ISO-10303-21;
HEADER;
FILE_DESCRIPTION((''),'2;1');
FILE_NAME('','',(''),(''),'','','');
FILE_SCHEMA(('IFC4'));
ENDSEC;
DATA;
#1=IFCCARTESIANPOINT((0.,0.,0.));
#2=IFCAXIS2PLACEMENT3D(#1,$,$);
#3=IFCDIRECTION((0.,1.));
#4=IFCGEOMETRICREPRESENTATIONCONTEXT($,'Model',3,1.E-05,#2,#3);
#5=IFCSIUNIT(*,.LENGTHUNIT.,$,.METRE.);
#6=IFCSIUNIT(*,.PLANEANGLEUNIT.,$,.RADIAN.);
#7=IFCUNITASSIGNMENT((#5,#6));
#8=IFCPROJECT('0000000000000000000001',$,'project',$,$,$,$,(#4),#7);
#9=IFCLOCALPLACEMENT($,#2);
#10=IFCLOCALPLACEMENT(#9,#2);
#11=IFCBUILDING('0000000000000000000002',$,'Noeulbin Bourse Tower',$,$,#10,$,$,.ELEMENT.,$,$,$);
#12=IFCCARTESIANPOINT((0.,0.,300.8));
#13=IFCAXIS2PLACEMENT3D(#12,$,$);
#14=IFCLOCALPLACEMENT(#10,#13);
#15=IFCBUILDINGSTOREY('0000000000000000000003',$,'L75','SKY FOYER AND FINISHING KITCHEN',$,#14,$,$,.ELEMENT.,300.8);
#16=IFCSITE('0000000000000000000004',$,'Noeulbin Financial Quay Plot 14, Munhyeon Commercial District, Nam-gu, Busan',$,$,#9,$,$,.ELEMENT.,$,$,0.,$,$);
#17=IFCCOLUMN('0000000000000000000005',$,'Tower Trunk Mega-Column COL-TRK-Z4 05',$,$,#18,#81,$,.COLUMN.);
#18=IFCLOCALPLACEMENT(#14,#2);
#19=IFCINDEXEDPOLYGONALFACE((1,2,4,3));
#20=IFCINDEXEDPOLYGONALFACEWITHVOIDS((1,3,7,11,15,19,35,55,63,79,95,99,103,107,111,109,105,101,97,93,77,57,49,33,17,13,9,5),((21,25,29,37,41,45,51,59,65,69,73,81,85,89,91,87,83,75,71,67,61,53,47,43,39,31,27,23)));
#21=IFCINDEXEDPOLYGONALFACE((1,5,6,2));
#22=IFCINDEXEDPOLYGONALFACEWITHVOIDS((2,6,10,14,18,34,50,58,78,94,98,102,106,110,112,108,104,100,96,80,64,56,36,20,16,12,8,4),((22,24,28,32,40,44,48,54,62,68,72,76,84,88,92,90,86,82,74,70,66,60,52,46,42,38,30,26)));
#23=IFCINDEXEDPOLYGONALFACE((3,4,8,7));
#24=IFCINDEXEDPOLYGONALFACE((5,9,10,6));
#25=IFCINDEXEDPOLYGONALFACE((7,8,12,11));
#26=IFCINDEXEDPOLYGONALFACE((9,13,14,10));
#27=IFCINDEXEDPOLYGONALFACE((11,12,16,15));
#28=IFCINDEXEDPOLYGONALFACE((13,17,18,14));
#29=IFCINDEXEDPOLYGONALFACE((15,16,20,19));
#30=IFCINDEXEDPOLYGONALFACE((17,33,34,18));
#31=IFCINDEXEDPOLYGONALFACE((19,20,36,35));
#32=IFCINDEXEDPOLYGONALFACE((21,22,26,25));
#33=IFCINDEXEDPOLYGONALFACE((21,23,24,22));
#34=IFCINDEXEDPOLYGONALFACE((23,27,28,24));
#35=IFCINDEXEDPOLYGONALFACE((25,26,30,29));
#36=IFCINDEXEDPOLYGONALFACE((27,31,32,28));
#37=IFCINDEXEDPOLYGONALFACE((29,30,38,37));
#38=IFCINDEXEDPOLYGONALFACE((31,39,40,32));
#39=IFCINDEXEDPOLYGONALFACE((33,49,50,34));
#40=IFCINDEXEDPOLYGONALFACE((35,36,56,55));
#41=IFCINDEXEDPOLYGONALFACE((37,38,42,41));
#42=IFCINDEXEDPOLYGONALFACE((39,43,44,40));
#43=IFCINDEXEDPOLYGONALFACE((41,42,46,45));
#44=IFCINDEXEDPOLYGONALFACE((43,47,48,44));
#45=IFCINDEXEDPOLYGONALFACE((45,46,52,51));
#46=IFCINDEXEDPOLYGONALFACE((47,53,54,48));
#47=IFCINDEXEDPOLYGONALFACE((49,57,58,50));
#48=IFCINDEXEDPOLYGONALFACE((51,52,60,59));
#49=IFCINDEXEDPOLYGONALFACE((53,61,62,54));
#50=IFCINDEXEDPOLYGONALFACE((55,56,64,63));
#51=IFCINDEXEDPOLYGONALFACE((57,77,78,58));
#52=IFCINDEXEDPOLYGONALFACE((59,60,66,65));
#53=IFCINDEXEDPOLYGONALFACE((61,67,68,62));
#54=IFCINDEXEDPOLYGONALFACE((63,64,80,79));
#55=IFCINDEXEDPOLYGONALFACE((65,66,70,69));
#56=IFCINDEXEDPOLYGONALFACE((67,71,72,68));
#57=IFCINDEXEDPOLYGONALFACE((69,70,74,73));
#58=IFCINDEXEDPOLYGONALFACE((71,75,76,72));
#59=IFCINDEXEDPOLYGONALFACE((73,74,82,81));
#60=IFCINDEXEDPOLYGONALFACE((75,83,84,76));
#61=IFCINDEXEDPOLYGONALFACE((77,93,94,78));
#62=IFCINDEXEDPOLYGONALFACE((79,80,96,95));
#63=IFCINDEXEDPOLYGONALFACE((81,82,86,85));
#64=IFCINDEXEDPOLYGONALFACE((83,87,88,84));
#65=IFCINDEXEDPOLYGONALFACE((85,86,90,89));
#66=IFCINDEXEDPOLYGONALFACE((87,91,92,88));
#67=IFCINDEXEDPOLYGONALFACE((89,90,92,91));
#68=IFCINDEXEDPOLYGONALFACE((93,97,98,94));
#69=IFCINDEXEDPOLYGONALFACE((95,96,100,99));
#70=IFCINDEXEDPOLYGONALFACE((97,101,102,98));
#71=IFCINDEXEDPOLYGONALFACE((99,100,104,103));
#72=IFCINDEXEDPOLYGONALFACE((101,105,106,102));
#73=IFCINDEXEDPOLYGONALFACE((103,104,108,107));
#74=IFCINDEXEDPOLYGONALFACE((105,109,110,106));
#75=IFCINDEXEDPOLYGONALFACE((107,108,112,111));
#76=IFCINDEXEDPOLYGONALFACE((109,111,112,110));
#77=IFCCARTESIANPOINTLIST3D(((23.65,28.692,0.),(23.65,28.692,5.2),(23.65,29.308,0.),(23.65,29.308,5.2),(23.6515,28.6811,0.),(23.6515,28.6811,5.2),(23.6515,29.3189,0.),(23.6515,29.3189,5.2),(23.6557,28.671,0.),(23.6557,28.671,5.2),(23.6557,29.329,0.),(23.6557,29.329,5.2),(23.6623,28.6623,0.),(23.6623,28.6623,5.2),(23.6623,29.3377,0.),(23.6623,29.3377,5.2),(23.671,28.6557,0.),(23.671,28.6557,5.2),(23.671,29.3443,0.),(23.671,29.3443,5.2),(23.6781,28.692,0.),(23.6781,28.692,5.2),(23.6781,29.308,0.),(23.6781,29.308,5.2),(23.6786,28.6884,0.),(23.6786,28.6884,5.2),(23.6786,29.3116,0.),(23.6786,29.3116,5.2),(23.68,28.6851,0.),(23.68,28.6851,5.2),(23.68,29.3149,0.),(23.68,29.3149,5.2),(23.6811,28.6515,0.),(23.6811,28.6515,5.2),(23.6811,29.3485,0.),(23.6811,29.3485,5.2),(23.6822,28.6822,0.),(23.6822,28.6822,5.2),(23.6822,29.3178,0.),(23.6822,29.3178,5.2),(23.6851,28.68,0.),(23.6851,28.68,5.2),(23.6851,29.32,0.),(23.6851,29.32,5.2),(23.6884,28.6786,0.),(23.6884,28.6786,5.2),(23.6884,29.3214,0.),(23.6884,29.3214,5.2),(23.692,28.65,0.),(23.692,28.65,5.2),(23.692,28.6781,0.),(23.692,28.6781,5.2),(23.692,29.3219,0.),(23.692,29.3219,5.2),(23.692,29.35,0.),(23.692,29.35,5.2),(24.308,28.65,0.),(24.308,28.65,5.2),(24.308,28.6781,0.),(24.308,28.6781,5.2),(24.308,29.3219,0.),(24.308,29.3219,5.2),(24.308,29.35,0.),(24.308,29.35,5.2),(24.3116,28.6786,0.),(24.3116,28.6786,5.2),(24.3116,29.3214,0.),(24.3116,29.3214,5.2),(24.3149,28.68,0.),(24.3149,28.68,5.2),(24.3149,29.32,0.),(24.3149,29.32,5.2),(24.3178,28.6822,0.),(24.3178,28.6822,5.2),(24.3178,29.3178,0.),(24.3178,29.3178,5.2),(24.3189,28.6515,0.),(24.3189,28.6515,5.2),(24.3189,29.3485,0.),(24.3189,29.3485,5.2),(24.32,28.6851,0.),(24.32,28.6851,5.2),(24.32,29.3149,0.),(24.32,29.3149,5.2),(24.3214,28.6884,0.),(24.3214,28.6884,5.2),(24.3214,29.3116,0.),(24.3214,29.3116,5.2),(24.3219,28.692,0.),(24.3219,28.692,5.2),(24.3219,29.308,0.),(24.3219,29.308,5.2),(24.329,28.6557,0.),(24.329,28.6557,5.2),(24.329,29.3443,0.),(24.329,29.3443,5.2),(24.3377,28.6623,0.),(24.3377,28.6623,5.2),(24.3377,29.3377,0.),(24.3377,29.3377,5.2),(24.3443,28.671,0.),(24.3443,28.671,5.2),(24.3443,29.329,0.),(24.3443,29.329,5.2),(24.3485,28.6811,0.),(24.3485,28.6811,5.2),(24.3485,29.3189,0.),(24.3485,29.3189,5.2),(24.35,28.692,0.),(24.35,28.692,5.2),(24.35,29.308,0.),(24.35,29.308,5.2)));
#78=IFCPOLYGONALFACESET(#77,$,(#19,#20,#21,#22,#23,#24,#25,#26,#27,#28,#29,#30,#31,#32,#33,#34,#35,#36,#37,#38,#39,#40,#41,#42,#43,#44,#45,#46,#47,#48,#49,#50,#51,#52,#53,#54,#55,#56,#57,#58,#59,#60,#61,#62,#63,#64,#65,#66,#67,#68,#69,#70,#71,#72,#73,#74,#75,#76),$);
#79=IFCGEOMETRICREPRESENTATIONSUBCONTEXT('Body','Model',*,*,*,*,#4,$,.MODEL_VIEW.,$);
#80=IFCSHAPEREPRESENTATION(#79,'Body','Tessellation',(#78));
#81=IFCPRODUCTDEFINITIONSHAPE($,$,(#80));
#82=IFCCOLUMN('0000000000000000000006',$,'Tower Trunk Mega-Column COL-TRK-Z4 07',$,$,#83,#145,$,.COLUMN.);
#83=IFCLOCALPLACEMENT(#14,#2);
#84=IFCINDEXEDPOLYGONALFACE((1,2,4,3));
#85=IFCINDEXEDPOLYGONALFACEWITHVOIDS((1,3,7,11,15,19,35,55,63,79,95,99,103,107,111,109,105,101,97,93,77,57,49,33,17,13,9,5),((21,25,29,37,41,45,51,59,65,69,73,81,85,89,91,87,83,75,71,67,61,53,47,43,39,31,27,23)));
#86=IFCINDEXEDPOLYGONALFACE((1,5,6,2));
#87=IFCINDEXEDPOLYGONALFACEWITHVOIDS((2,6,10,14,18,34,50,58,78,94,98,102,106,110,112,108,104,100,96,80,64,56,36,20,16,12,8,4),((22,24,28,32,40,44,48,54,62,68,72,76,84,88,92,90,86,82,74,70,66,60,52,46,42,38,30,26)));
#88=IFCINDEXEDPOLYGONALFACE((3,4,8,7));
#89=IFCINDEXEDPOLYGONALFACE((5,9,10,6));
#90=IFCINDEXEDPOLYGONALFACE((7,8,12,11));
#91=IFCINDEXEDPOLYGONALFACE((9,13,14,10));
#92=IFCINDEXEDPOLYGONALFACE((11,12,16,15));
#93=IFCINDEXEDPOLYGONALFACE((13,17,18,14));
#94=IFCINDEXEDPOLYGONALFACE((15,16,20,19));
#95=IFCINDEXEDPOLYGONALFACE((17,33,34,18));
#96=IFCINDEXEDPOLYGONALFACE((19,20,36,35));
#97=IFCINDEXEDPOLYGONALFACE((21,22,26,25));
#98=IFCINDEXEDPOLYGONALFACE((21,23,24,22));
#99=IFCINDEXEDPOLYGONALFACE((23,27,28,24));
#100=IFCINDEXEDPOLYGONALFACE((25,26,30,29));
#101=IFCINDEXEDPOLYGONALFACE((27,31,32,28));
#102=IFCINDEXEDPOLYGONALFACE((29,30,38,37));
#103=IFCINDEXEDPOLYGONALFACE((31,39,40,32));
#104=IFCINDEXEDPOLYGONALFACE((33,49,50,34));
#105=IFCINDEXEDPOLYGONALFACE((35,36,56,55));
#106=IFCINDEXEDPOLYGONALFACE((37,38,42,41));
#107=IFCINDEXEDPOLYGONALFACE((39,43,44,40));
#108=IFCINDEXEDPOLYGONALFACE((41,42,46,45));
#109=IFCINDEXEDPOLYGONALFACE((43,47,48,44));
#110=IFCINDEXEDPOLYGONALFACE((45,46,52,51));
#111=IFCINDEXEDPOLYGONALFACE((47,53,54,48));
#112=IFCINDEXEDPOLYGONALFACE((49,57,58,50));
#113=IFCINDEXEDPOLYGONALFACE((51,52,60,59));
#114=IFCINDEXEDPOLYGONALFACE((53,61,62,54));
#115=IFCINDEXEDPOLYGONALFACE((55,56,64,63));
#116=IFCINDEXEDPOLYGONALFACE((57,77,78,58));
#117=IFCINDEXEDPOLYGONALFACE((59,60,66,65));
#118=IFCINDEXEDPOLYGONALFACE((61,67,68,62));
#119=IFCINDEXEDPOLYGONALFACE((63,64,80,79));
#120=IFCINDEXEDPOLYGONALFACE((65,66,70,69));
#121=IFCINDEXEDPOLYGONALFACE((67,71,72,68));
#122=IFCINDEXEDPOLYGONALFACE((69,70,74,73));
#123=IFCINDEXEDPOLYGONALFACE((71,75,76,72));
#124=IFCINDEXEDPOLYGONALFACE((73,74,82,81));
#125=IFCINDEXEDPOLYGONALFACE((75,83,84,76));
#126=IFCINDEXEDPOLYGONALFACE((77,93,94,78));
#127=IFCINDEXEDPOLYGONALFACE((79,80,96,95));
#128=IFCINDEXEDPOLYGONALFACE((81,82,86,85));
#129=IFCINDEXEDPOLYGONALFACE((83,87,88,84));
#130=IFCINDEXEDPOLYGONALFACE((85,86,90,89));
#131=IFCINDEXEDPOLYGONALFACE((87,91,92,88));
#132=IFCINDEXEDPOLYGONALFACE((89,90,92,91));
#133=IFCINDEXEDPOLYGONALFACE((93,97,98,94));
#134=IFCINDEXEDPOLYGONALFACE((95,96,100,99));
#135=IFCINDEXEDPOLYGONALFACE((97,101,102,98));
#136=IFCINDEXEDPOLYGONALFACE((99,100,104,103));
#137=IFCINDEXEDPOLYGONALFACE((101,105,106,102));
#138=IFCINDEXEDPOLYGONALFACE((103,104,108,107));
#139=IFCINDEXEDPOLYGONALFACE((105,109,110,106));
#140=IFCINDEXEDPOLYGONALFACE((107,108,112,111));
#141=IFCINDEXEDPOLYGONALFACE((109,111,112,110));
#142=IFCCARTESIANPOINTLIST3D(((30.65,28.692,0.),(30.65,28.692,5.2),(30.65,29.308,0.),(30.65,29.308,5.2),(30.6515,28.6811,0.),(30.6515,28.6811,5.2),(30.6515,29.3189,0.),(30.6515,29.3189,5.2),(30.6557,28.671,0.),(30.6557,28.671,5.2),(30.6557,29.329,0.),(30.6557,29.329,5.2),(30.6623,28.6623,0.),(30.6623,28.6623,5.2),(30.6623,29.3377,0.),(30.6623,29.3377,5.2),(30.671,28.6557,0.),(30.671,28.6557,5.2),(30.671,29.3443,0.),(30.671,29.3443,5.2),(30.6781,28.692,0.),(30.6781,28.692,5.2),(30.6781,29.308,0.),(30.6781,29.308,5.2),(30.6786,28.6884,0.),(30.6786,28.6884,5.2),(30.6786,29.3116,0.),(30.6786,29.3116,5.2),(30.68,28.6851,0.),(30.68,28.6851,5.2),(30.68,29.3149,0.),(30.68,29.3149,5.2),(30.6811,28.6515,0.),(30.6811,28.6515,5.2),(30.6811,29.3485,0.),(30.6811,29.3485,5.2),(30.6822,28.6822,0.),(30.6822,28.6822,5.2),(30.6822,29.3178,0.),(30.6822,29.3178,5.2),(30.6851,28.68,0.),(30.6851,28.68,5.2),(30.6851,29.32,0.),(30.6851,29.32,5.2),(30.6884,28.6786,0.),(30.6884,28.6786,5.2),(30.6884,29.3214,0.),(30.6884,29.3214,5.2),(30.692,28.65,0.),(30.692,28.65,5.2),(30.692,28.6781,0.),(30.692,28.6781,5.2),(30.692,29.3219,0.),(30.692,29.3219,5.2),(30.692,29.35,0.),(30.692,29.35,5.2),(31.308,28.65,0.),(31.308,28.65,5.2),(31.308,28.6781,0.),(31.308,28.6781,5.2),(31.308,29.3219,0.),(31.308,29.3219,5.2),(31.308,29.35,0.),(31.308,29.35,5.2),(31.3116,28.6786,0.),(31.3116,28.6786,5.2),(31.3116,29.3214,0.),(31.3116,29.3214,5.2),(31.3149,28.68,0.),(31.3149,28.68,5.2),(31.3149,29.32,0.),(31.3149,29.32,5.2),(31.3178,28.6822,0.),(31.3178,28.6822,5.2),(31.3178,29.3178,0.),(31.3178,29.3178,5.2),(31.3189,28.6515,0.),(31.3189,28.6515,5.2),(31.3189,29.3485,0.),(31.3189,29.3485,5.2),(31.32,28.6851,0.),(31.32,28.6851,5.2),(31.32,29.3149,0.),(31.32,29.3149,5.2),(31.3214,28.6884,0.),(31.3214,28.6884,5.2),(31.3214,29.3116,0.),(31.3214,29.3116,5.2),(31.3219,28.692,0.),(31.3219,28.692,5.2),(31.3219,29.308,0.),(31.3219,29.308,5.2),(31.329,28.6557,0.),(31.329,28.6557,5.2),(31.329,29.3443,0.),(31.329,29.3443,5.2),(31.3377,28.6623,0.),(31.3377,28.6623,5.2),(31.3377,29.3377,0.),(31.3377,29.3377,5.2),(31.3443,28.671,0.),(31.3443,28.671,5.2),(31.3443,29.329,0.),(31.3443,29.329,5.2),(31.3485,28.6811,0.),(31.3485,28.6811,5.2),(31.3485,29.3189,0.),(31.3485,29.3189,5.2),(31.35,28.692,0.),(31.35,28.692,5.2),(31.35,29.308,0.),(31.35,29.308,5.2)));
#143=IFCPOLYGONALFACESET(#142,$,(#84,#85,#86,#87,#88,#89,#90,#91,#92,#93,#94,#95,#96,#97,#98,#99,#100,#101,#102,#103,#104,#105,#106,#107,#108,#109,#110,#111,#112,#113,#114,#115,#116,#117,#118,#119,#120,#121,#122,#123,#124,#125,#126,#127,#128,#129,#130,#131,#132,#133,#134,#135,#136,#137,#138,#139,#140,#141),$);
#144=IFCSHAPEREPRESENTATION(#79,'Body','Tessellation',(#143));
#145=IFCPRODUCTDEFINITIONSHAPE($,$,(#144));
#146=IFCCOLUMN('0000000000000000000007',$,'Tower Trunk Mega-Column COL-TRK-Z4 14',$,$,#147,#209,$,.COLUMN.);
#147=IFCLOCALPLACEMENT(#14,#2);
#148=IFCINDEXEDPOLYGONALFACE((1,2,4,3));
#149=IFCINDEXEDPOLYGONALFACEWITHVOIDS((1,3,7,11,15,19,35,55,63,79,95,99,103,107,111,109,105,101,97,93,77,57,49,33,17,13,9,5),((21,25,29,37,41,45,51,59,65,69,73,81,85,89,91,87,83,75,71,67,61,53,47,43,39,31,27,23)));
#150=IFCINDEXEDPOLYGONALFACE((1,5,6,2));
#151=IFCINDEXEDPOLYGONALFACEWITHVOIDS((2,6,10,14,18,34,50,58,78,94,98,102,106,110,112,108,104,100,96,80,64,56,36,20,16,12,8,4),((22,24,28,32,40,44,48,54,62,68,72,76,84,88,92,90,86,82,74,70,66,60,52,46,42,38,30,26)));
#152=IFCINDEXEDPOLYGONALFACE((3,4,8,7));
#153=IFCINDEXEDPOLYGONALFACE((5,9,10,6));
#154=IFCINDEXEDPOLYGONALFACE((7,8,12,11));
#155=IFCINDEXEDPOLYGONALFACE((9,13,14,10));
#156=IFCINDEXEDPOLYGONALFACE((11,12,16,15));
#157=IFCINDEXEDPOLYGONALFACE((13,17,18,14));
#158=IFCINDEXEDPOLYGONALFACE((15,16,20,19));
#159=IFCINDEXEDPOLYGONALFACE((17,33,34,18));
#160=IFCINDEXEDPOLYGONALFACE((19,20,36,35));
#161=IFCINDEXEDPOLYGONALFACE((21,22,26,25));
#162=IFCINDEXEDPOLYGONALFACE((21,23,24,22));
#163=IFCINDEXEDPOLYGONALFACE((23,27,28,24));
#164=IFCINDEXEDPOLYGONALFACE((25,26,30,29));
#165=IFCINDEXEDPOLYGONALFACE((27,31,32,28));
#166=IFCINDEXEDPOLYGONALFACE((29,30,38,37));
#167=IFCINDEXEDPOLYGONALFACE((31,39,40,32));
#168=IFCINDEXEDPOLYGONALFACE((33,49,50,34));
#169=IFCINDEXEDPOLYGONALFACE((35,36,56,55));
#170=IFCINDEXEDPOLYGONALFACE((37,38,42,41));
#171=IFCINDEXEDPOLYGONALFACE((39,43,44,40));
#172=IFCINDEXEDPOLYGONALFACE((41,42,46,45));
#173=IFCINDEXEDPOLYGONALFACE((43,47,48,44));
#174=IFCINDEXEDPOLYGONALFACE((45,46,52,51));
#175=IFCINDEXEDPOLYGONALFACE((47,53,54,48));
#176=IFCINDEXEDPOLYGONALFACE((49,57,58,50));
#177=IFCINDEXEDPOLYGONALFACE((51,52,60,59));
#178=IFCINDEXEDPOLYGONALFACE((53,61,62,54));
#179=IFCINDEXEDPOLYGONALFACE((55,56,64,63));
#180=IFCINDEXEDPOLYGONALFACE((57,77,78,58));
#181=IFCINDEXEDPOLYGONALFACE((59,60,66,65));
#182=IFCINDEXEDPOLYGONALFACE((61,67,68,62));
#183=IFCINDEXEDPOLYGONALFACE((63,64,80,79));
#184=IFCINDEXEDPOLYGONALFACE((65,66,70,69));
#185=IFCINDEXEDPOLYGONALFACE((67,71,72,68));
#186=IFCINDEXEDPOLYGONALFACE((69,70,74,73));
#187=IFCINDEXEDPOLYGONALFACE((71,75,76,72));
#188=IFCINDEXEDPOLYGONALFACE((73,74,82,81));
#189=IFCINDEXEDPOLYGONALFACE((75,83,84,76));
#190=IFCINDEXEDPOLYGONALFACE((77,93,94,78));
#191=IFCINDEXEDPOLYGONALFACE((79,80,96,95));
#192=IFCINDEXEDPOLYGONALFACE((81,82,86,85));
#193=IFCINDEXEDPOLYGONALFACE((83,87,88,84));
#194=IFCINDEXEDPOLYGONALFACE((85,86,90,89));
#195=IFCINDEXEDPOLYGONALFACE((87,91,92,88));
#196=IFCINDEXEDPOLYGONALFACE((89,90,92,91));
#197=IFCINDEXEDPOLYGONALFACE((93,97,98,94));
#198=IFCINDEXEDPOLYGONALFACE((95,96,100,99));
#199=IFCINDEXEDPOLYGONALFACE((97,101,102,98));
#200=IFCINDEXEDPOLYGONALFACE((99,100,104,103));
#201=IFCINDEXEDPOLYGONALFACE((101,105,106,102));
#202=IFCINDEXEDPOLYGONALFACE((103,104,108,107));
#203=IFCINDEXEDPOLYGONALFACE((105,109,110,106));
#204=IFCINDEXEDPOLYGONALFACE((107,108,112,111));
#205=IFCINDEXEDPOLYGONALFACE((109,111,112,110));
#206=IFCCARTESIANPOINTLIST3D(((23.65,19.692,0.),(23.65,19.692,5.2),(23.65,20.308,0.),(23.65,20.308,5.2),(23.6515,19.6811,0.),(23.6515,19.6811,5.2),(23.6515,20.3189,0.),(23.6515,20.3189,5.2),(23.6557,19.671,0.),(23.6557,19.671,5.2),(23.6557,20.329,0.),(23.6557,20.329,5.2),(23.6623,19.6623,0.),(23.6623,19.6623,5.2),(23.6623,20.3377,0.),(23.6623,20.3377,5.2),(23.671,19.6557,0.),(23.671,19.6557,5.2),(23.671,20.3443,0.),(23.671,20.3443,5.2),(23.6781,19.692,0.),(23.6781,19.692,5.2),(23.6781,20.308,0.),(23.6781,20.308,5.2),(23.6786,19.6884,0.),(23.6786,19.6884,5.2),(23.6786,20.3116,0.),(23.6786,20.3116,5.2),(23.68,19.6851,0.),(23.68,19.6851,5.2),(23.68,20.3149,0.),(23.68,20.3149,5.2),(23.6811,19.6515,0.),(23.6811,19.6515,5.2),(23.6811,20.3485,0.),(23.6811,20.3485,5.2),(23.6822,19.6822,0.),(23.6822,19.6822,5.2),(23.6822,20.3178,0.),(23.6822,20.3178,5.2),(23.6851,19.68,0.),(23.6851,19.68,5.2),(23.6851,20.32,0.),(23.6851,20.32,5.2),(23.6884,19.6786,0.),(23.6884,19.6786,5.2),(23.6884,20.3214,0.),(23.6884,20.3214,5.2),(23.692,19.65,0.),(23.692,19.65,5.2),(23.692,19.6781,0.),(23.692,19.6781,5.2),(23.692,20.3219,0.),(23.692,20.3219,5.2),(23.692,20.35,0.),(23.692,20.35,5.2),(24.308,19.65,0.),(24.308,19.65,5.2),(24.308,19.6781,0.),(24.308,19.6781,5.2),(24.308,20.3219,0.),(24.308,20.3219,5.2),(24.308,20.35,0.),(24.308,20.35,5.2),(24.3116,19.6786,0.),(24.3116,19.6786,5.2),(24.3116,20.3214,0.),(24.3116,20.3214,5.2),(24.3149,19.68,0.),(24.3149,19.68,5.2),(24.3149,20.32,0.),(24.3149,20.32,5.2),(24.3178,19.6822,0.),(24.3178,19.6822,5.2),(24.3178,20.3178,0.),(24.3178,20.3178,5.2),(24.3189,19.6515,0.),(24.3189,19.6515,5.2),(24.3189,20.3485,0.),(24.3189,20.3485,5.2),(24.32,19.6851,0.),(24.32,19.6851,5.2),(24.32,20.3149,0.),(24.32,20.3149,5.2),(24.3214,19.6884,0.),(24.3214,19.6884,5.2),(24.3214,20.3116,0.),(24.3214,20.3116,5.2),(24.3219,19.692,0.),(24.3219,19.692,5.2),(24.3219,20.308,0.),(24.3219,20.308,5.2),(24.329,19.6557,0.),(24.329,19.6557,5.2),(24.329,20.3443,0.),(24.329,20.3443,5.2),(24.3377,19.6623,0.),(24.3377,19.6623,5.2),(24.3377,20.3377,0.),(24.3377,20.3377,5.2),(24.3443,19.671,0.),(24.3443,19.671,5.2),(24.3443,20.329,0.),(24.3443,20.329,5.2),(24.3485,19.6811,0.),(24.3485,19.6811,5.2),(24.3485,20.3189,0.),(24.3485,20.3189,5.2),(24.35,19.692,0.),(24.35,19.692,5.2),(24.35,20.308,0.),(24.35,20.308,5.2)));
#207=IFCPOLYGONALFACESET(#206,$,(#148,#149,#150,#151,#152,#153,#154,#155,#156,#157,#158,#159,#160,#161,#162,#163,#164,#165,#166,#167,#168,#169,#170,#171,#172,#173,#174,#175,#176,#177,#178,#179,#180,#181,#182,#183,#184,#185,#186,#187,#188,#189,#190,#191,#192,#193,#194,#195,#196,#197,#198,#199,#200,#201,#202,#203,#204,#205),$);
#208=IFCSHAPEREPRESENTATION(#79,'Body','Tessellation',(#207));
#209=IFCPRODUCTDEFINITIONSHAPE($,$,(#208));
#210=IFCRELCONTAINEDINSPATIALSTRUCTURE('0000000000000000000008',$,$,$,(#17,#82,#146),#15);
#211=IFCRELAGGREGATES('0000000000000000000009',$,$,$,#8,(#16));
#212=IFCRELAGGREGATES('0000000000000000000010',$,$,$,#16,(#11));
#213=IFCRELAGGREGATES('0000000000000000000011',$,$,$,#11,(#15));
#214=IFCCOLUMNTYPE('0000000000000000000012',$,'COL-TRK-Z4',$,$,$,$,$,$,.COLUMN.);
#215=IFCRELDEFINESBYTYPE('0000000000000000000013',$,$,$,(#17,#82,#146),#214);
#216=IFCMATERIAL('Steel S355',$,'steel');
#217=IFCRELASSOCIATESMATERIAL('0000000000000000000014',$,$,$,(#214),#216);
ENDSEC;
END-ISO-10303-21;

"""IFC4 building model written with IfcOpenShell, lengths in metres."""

from ifc_helpers import new_model, si_unit, direction, frame, origin, origin_2d, place, context, subcontext, project, spatial, hollow_rectangle, extrude, material, material_profile, profile_set, type_object, element, save


model = new_model("IFC4")

# Units and contexts
model_context = context("Model", 3, precision=1e-05, world=origin(), true_north=direction((0.0, 1.0)))
body_context = subcontext(model_context, "Body", "Model", "MODEL_VIEW")
ifc_project = project(units=[si_unit("LENGTHUNIT", "METRE"), si_unit("PLANEANGLEUNIT", "RADIAN")], contexts=[model_context])

# Site, building, storey
site_placement = place(None, origin())
site = spatial("IfcSite", under=ifc_project, at=site_placement, Name="Noeulbin Financial Quay Plot 14, Munhyeon Commercial District, Nam-gu, Busan", CompositionType="ELEMENT", RefElevation=0.0)
building_placement = place(site_placement, origin())
building = spatial("IfcBuilding", under=site, at=building_placement, Name="Noeulbin Bourse Tower", CompositionType="ELEMENT")
storey_placement = place(building_placement, frame((0.0, 0.0, 300.8)))
storey = spatial("IfcBuildingStorey", under=building, at=storey_placement, Name="L75", Description="SKY FOYER AND FINISHING KITCHEN", CompositionType="ELEMENT", Elevation=300.8)

# Columns
ifc_material_1 = material(Name="Steel S355", Category="steel")
ifc_material_profile_1 = material_profile(ifc_material_1, hollow_rectangle(XDim=0.7, YDim=0.7, WallThickness=0.0281, InnerFilletRadius=0.0139, OuterFilletRadius=0.042, at=origin_2d()), Name="BOX-700x700x28", Category="LoadBearing")
ifc_profile_set_1 = profile_set([ifc_material_profile_1], Name="Steel S355")
column_type = type_object("IfcColumnType", Name="COL-TRK-Z4", PredefinedType="COLUMN", material=ifc_profile_set_1)
for number, where, z_axis, x_axis, name in (
    (1, (24.0, 29.0, 0.0), (0.0, 0.0, 1.0), (1.0, 0.0, 0.0), "Tower Trunk Mega-Column COL-TRK-Z4 05"),
    (2, (31.0, 29.0, 0.0), (0.0, 0.0, 1.0), (1.0, 0.0, 0.0), "Tower Trunk Mega-Column COL-TRK-Z4 07"),
    (3, (24.0, 20.0, 0.0), (0.0, 0.0, 1.0), (1.0, 0.0, 0.0), "Tower Trunk Mega-Column COL-TRK-Z4 14"),
):
    element("IfcColumn", number, at=place(storey_placement, frame(where, z_axis=z_axis, x_axis=x_axis)), inside=storey, type_object=column_type, Name=name, PredefinedType="COLUMN", context=body_context, shape_type="SweptSolid", body=[
        extrude(hollow_rectangle(XDim=0.7, YDim=0.7, WallThickness=0.0281, InnerFilletRadius=0.0139, OuterFilletRadius=0.042, at=origin_2d()), origin(), (0.0, 0.0, 1.0), 5.2),
    ])

save(model, "model.ifc")
